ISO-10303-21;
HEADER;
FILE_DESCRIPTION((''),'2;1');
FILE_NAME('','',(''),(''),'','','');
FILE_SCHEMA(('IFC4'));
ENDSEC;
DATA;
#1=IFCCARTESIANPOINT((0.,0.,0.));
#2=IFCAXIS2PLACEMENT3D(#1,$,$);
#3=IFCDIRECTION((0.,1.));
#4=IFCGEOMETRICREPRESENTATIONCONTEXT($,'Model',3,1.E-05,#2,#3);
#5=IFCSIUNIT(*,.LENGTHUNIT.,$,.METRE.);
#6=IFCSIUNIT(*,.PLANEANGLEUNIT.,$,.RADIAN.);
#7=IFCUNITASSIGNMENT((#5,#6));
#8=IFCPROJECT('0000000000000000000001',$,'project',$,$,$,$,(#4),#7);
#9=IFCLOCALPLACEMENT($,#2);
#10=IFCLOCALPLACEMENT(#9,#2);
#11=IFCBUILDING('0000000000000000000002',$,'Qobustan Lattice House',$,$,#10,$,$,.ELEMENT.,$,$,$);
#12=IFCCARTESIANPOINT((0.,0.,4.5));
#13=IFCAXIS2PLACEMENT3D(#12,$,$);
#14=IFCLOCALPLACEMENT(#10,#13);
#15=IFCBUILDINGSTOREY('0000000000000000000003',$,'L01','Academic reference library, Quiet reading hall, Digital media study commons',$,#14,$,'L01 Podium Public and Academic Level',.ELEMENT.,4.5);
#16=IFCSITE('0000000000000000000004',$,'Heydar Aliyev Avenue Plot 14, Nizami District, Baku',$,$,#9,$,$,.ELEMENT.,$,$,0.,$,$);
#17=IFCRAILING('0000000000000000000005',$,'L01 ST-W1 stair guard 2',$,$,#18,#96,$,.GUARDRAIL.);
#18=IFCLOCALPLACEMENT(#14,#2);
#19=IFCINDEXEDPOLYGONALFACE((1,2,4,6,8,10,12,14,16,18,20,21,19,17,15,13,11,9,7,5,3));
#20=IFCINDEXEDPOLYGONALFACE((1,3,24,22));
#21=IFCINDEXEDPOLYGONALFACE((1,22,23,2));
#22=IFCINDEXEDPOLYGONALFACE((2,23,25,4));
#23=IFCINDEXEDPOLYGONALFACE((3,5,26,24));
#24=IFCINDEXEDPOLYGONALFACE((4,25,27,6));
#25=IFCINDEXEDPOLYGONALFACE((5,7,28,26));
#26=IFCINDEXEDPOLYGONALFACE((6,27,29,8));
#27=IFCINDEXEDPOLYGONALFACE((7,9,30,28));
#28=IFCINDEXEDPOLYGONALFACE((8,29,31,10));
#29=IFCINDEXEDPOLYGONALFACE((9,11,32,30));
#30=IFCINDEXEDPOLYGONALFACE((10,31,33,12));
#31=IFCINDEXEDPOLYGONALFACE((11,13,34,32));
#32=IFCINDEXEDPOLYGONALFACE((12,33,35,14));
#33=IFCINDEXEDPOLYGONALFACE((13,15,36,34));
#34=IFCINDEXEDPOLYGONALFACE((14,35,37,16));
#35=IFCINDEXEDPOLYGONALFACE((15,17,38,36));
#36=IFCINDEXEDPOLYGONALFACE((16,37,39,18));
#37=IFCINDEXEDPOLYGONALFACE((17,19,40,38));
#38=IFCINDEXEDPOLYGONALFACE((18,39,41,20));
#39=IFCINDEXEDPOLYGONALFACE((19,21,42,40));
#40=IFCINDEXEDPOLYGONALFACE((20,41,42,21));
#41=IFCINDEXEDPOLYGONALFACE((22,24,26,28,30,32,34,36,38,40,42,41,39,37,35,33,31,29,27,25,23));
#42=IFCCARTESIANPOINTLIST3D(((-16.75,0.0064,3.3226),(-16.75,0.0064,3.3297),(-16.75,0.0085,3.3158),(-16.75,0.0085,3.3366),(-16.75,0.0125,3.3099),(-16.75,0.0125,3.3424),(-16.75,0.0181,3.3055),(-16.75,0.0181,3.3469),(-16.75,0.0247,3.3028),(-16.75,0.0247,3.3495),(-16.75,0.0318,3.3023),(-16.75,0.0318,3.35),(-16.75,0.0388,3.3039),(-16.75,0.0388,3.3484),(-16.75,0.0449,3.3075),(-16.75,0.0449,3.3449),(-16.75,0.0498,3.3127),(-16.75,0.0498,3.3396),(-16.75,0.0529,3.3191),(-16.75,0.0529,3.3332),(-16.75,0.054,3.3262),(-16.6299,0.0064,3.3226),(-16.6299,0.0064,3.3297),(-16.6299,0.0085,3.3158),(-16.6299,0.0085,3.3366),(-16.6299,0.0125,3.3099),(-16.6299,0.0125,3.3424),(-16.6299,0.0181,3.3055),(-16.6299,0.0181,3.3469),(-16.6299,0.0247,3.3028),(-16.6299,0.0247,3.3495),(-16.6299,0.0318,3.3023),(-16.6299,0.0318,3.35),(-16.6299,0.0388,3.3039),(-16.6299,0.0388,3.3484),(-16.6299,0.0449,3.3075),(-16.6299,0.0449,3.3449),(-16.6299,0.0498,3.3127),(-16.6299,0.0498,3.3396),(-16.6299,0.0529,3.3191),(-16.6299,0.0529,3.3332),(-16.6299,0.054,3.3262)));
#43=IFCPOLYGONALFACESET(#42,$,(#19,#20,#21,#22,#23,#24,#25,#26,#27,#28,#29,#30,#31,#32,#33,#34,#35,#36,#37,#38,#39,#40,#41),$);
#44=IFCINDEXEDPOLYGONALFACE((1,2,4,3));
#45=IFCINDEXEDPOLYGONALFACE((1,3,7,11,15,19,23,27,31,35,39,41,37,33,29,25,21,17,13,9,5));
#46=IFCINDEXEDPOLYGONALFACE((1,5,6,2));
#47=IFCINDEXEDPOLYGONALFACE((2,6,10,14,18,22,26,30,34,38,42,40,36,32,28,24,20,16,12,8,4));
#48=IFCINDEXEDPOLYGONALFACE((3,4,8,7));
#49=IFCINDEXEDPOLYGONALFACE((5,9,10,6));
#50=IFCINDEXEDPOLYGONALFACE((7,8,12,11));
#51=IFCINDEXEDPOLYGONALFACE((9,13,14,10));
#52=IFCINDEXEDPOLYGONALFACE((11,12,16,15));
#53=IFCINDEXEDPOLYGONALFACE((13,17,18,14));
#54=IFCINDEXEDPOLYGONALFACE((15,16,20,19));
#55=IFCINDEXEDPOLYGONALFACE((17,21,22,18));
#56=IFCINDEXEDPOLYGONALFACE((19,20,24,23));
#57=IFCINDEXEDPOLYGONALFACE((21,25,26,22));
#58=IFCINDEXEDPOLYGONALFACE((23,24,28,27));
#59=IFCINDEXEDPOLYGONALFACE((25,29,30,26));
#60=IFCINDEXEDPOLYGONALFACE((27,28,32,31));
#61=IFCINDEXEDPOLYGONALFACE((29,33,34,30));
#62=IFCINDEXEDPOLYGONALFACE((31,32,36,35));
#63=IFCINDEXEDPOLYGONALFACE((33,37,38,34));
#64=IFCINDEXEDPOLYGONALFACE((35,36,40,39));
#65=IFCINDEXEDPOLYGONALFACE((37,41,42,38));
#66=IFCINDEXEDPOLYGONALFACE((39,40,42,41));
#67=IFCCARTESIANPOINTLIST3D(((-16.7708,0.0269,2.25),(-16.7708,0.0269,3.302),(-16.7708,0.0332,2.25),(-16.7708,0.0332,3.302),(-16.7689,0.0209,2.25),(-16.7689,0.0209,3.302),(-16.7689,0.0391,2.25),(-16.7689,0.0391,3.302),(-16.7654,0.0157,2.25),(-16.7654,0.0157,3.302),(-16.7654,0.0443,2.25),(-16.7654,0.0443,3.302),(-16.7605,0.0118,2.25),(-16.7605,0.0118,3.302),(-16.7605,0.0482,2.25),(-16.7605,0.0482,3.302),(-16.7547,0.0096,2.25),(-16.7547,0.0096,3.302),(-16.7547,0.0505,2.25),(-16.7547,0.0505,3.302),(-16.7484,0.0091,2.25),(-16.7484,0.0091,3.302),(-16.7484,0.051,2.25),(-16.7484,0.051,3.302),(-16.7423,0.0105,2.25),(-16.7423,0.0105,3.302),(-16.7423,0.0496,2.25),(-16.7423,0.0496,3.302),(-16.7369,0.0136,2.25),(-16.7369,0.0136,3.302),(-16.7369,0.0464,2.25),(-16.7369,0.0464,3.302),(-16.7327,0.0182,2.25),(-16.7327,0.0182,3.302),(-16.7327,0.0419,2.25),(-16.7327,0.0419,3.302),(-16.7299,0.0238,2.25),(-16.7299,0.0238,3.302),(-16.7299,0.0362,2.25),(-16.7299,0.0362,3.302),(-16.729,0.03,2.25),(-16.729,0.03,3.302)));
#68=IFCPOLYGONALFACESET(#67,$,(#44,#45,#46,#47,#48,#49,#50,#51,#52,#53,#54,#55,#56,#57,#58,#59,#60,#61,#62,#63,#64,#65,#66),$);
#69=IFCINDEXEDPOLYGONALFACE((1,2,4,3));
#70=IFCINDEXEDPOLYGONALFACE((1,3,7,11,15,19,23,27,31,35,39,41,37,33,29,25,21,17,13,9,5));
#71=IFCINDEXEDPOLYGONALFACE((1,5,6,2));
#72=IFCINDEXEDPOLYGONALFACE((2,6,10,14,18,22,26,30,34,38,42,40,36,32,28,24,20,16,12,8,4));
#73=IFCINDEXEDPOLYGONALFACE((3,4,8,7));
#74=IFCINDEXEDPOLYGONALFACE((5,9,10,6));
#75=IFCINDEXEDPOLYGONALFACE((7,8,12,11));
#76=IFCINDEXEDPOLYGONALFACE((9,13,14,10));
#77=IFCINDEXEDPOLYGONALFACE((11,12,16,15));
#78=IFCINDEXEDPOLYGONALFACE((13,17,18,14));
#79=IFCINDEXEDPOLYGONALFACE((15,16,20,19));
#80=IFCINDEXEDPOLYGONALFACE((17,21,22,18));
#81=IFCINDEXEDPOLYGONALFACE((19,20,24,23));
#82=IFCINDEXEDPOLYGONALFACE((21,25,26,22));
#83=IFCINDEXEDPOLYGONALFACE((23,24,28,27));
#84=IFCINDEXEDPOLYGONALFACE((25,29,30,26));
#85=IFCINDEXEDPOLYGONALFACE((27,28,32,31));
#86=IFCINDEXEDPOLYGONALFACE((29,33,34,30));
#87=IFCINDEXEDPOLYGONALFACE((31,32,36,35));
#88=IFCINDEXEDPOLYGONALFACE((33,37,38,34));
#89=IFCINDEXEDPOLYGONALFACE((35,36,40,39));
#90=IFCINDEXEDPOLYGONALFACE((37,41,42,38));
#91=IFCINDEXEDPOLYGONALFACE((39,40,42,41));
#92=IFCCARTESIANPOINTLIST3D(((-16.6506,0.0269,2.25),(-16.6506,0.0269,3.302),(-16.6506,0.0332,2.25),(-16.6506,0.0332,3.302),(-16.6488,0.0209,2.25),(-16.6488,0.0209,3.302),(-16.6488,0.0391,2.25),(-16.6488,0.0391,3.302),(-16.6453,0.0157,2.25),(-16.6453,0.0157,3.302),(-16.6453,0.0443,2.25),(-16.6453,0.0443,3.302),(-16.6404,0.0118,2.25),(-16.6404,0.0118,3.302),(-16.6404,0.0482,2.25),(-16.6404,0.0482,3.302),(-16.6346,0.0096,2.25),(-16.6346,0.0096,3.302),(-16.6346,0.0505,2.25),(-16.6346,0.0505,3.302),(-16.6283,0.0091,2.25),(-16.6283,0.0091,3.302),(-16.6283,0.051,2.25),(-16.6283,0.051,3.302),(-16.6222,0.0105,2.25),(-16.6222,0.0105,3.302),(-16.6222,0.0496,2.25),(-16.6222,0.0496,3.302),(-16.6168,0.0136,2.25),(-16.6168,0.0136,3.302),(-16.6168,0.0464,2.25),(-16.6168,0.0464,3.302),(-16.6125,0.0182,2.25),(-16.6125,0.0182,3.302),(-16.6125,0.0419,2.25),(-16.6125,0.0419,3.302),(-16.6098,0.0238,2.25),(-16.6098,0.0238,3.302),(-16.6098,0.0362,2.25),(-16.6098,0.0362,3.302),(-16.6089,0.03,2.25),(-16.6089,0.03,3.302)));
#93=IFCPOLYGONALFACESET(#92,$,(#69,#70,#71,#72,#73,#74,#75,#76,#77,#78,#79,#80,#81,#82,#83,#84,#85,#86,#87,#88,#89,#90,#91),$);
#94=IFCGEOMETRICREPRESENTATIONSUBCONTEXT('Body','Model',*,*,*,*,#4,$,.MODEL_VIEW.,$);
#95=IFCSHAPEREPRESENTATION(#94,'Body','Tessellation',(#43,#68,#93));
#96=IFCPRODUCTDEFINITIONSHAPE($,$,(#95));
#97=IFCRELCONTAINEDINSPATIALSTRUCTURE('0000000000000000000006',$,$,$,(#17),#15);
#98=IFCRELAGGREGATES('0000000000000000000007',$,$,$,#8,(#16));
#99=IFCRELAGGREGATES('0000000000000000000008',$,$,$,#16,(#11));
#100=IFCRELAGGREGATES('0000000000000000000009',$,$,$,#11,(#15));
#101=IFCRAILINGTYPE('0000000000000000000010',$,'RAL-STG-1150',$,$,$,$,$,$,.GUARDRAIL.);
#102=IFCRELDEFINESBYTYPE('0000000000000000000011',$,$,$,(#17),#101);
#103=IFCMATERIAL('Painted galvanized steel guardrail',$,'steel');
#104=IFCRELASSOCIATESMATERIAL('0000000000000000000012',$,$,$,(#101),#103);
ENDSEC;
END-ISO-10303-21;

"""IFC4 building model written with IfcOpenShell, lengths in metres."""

from ifc_helpers import new_model, si_unit, direction, frame, origin, origin_2d, place, context, subcontext, project, spatial, circle, extrude, material, type_object, element, save


model = new_model("IFC4")

# Units and contexts
model_context = context("Model", 3, precision=1e-05, world=origin(), true_north=direction((0.0, 1.0)))
body_context = subcontext(model_context, "Body", "Model", "MODEL_VIEW")
ifc_project = project(units=[si_unit("LENGTHUNIT", "METRE"), si_unit("PLANEANGLEUNIT", "RADIAN")], contexts=[model_context])

# Site, building, storey
site_placement = place(None, origin())
site = spatial("IfcSite", under=ifc_project, at=site_placement, Name="Heydar Aliyev Avenue Plot 14, Nizami District, Baku", CompositionType="ELEMENT", RefElevation=0.0)
building_placement = place(site_placement, origin())
building = spatial("IfcBuilding", under=site, at=building_placement, Name="Qobustan Lattice House", CompositionType="ELEMENT")
storey_placement = place(building_placement, frame((0.0, 0.0, 4.5)))
storey = spatial("IfcBuildingStorey", under=building, at=storey_placement, Name="L01", Description="Academic reference library, Quiet reading hall, Digital media study commons", LongName="L01 Podium Public and Academic Level", CompositionType="ELEMENT", Elevation=4.5)

# Railing
ifc_material_1 = material(Name="Painted galvanized steel guardrail", Category="steel")
railing_type_1 = type_object("IfcRailingType", Name="RAL-STG-1150", PredefinedType="GUARDRAIL", material=ifc_material_1)
railing_1_placement = place(storey_placement, frame((-16.75, 0.03, 2.25)))
element("IfcRailing", 1, at=railing_1_placement, inside=storey, type_object=railing_type_1, Name="L01 ST-W1 stair guard 2", PredefinedType="GUARDRAIL", context=body_context, shape_type="SweptSolid", body=[
    extrude(circle(Radius=0.0239, at=origin_2d()), frame((0.0, 0.0, 1.0762), z_axis=(1.0, 0.0, 0.0), x_axis=(0.0, 1.0, 0.0)), (0.0, 0.0, 1.0), 0.1201),
    extrude(circle(Radius=0.021, at=origin_2d()), origin(), (0.0, 0.0, 1.0), 1.052),
    extrude(circle(Radius=0.021, at=origin_2d()), frame((0.1201, 0.0, 0.0)), (0.0, 0.0, 1.0), 1.052),
])

save(model, "model.ifc")
